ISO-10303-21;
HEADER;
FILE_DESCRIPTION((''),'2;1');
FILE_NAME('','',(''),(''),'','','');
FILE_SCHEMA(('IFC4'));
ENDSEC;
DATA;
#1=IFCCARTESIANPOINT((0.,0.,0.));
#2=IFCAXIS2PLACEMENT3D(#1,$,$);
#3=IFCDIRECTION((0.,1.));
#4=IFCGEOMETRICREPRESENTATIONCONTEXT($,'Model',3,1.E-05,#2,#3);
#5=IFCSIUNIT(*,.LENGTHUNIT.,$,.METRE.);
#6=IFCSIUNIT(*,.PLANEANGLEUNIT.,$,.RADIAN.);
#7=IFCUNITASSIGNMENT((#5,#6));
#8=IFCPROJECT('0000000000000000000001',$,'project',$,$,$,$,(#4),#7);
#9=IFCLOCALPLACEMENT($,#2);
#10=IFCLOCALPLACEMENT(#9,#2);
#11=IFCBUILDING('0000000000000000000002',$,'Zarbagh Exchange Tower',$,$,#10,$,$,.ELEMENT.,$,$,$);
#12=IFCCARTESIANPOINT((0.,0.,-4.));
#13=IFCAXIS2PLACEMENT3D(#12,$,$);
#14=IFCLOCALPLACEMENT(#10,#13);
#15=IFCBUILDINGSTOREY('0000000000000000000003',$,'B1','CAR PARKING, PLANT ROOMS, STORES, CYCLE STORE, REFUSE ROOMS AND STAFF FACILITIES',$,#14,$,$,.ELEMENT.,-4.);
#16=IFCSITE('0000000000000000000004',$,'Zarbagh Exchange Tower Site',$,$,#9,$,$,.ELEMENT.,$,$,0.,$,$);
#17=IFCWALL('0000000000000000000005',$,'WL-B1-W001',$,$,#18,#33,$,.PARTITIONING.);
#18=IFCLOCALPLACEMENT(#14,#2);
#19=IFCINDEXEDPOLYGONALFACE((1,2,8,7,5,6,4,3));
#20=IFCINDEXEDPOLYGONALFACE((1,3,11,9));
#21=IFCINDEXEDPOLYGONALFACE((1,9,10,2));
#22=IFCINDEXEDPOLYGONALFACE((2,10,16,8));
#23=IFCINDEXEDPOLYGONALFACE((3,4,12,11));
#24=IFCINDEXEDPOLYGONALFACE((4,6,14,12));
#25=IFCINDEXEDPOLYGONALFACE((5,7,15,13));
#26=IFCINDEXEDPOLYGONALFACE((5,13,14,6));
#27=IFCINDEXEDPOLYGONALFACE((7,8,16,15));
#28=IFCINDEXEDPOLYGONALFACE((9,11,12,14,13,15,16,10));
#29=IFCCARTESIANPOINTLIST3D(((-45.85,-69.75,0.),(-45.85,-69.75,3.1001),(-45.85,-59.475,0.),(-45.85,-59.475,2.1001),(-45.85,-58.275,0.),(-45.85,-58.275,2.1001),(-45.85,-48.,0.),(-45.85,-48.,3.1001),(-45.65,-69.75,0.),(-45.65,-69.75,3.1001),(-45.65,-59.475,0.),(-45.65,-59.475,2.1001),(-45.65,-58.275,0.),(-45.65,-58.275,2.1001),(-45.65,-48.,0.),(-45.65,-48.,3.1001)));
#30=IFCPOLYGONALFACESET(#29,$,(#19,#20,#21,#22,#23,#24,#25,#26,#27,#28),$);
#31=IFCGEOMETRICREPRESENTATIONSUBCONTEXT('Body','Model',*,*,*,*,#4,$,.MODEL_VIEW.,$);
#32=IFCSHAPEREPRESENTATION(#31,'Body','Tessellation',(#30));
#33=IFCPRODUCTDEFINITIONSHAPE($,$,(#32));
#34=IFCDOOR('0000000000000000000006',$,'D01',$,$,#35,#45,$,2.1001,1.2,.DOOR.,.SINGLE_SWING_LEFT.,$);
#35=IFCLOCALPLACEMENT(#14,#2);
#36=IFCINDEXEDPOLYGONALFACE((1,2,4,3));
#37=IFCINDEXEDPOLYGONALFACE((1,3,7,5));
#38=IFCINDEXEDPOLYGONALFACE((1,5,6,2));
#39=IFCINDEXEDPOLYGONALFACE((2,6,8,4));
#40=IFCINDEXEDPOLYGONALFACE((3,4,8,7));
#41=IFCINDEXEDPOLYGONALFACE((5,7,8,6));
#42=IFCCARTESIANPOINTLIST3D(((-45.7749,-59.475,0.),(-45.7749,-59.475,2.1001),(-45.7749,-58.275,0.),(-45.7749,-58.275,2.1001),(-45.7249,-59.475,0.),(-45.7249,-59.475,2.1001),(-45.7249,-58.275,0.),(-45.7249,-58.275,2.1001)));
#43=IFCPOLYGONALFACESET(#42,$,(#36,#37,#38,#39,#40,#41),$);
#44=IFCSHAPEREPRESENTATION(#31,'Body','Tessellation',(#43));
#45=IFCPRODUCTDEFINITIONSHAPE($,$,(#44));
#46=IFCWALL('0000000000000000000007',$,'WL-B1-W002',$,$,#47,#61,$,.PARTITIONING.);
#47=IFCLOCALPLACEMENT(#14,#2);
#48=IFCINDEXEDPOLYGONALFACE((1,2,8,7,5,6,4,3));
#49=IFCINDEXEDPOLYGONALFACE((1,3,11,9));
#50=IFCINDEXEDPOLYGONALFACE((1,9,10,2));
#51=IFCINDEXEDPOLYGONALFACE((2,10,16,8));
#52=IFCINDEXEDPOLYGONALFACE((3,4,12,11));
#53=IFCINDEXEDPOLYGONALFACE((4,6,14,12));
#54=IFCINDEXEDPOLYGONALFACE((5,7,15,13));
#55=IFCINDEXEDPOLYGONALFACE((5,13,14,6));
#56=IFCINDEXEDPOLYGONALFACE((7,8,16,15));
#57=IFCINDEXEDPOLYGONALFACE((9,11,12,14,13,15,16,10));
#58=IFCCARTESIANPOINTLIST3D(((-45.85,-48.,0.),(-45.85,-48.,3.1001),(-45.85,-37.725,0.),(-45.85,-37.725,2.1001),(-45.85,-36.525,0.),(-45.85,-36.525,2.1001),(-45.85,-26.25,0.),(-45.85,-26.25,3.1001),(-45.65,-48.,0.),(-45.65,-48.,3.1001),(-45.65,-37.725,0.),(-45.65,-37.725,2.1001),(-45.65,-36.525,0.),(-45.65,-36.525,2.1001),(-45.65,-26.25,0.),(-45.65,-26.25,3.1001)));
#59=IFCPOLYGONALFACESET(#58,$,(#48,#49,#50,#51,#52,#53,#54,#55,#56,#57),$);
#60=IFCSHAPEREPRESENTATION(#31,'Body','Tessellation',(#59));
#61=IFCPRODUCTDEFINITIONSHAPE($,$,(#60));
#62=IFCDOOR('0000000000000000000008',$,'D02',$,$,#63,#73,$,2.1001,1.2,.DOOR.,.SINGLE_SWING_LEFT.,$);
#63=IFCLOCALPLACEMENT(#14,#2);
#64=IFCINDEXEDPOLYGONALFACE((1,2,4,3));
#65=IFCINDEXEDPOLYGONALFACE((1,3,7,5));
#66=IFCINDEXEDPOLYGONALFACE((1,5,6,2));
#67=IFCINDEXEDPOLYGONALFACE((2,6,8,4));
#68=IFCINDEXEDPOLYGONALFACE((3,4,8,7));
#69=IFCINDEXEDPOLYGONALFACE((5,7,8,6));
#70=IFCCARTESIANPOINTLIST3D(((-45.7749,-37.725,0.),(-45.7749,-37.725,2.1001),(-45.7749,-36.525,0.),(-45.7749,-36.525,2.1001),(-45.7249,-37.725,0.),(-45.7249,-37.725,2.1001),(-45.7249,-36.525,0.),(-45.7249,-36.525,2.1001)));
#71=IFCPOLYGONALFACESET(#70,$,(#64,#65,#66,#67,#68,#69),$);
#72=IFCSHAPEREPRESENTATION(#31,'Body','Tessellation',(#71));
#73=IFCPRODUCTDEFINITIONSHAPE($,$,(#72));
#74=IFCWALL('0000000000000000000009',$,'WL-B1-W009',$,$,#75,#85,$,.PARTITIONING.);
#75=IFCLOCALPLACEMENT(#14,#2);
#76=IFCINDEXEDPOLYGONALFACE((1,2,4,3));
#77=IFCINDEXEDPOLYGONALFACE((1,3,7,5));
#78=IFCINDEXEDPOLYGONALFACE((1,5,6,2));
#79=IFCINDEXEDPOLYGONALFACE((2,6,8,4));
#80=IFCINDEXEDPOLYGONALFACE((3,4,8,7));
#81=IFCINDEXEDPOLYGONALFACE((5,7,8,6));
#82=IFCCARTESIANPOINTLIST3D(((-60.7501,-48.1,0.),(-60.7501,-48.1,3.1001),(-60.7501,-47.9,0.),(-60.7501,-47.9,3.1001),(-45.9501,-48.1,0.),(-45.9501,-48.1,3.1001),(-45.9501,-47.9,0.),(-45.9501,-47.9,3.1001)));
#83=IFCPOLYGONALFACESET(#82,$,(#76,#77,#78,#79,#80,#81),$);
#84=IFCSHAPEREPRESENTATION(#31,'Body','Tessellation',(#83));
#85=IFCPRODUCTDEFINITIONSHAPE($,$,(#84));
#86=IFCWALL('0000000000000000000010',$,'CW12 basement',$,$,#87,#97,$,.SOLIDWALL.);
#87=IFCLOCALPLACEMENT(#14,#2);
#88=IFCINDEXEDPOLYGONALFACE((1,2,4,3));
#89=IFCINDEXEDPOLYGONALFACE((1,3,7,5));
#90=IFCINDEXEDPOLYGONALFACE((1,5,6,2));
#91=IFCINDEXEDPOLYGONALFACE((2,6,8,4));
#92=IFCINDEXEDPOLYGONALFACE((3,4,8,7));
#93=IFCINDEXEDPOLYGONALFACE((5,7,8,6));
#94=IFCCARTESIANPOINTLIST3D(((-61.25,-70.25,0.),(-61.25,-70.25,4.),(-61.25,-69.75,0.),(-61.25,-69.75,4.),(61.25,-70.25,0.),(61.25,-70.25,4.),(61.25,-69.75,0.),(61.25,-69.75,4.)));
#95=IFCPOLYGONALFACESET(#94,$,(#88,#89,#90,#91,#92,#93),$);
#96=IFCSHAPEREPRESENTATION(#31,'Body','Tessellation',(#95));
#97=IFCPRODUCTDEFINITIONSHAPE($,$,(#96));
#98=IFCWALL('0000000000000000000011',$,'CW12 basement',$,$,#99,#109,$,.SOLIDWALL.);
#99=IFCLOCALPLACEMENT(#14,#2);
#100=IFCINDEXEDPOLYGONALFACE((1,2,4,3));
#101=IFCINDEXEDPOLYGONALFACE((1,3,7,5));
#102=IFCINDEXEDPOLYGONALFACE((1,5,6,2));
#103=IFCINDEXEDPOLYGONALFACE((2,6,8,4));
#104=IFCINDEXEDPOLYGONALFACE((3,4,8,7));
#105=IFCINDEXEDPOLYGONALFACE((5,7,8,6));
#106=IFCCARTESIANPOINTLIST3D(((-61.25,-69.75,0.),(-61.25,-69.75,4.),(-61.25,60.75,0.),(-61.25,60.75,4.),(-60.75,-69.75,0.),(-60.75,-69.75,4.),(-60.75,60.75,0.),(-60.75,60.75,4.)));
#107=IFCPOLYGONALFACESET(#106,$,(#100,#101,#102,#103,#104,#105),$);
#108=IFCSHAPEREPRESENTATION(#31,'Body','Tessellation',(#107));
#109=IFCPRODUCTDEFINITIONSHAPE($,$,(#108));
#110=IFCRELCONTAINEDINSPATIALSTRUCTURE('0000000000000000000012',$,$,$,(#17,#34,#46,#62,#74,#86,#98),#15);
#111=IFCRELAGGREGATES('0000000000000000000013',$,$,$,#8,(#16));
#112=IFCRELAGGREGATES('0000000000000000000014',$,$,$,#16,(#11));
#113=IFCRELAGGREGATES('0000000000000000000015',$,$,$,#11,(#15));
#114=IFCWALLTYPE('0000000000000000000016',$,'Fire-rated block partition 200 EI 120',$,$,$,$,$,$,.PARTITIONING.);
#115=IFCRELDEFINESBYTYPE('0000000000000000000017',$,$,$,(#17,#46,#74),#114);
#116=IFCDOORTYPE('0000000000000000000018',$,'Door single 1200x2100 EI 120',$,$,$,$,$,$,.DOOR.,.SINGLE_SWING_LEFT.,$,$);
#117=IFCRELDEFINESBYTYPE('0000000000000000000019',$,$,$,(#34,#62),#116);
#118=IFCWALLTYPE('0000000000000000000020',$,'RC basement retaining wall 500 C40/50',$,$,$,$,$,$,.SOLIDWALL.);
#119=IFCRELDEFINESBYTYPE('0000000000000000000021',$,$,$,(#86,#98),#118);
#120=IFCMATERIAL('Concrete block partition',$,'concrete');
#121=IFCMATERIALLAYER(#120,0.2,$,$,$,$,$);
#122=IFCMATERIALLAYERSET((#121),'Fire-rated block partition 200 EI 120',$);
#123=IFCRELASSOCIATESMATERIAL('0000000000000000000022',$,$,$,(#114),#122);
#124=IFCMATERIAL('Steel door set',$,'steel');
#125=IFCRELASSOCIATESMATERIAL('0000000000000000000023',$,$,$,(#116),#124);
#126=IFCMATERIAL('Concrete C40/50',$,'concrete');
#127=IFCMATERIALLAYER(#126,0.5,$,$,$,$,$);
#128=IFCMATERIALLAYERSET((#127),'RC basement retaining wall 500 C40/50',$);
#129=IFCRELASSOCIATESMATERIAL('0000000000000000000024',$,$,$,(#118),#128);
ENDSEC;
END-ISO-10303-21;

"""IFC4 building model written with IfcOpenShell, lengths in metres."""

from ifc_helpers import new_model, si_unit, direction, frame, frame_2d, origin, place, context, subcontext, project, spatial, rectangle, extrude, material, layer, layer_set, type_object, element, fill, save


model = new_model("IFC4")

# Units and contexts
model_context = context("Model", 3, precision=1e-05, world=origin(), true_north=direction((0.0, 1.0)))
body_context = subcontext(model_context, "Body", "Model", "MODEL_VIEW")
ifc_project = project(units=[si_unit("LENGTHUNIT", "METRE"), si_unit("PLANEANGLEUNIT", "RADIAN")], contexts=[model_context])

# Site, building, storey
site_placement = place(None, origin())
site = spatial("IfcSite", under=ifc_project, at=site_placement, Name="Zarbagh Exchange Tower Site", CompositionType="ELEMENT", RefElevation=0.0)
building_placement = place(site_placement, origin())
building = spatial("IfcBuilding", under=site, at=building_placement, Name="Zarbagh Exchange Tower", CompositionType="ELEMENT")
storey_placement = place(building_placement, frame((0.0, 0.0, -4.0)))
storey = spatial("IfcBuildingStorey", under=building, at=storey_placement, Name="B1", Description="CAR PARKING, PLANT ROOMS, STORES, CYCLE STORE, REFUSE ROOMS AND STAFF FACILITIES", CompositionType="ELEMENT", Elevation=-4.0)

# Walls, openings, doors
ifc_material_1 = material(Name="Concrete block partition", Category="concrete")
ifc_layer_1 = layer(ifc_material_1, 0.2)
ifc_layer_set_1 = layer_set([ifc_layer_1], Name="Fire-rated block partition 200 EI 120")
wall_type_1 = type_object("IfcWallType", Name="Fire-rated block partition 200 EI 120", PredefinedType="PARTITIONING", material=ifc_layer_set_1)
wall_1_placement = place(storey_placement, frame((-45.75, -69.75, 0.0), z_axis=(0.0, 0.0, 1.0), x_axis=(0.0, 1.0, 0.0)))
wall_1 = element("IfcWall", 1, at=wall_1_placement, inside=storey, type_object=wall_type_1, Name="WL-B1-W001", PredefinedType="PARTITIONING", context=body_context, shape_type="SweptSolid", body=[
    extrude(rectangle(XDim=21.75, YDim=0.2, at=frame_2d((10.875, 0.0))), origin(), (0.0, 0.0, 1.0), 3.1001),
])
opening_1_placement = place(wall_1_placement, frame((10.2749, 0.0, 0.0)))
opening_1 = element("IfcOpeningElement", 2, at=opening_1_placement, cuts=wall_1, PredefinedType="OPENING", context=body_context, shape_type="SweptSolid", body=[
    extrude(rectangle(XDim=1.2, YDim=2.1001, at=frame_2d((0.6001, 1.05))), frame((0.0, 0.1099, 0.0), z_axis=(0.0, -1.0, 0.0), x_axis=(1.0, 0.0, 0.0)), (0.0, 0.0, 1.0), 0.22),
])
ifc_material_2 = material(Name="Steel door set", Category="steel")
door_type_1 = type_object("IfcDoorType", Name="Door single 1200x2100 EI 120", OperationType="SINGLE_SWING_LEFT", PredefinedType="DOOR", material=ifc_material_2)
door_1_placement = place(opening_1_placement, origin())
door_1 = element("IfcDoor", 3, at=door_1_placement, inside=storey, type_object=door_type_1, Name="D01", OperationType="SINGLE_SWING_LEFT", OverallHeight=2.1001, OverallWidth=1.2, PredefinedType="DOOR", context=body_context, shape_type="SweptSolid", body=[
    extrude(rectangle(XDim=1.2, YDim=2.1001, at=frame_2d((0.6001, 1.05))), frame((0.0, 0.0249, 0.0), z_axis=(0.0, -1.0, 0.0), x_axis=(1.0, 0.0, 0.0)), (0.0, 0.0, 1.0), 0.05),
])
fill(opening_1, door_1)
wall_2_placement = place(storey_placement, frame((-45.75, -48.0, 0.0), z_axis=(0.0, 0.0, 1.0), x_axis=(0.0, 1.0, 0.0)))
wall_2 = element("IfcWall", 4, at=wall_2_placement, inside=storey, type_object=wall_type_1, Name="WL-B1-W002", PredefinedType="PARTITIONING", context=body_context, shape_type="SweptSolid", body=[
    extrude(rectangle(XDim=21.75, YDim=0.2, at=frame_2d((10.875, 0.0))), origin(), (0.0, 0.0, 1.0), 3.1001),
])
opening_2_placement = place(wall_2_placement, frame((10.2749, 0.0, 0.0)))
opening_2 = element("IfcOpeningElement", 5, at=opening_2_placement, cuts=wall_2, PredefinedType="OPENING", context=body_context, shape_type="SweptSolid", body=[
    extrude(rectangle(XDim=1.2, YDim=2.1001, at=frame_2d((0.6001, 1.05))), frame((0.0, 0.1099, 0.0), z_axis=(0.0, -1.0, 0.0), x_axis=(1.0, 0.0, 0.0)), (0.0, 0.0, 1.0), 0.22),
])
door_2_placement = place(opening_2_placement, origin())
door_2 = element("IfcDoor", 6, at=door_2_placement, inside=storey, type_object=door_type_1, Name="D02", OperationType="SINGLE_SWING_LEFT", OverallHeight=2.1001, OverallWidth=1.2, PredefinedType="DOOR", context=body_context, shape_type="SweptSolid", body=[
    extrude(rectangle(XDim=1.2, YDim=2.1001, at=frame_2d((0.6001, 1.05))), frame((0.0, 0.0249, 0.0), z_axis=(0.0, -1.0, 0.0), x_axis=(1.0, 0.0, 0.0)), (0.0, 0.0, 1.0), 0.05),
])
fill(opening_2, door_2)

# Walls
wall_3_placement = place(storey_placement, frame((-60.75, -48.0, 0.0), z_axis=(0.0, 0.0, 1.0), x_axis=(1.0, 0.0, 0.0)))
element("IfcWall", 7, at=wall_3_placement, inside=storey, type_object=wall_type_1, Name="WL-B1-W009", PredefinedType="PARTITIONING", context=body_context, shape_type="SweptSolid", body=[
    extrude(rectangle(XDim=14.8, YDim=0.2, at=frame_2d((7.3999, 0.0))), origin(), (0.0, 0.0, 1.0), 3.1001),
])
ifc_material_3 = material(Name="Concrete C40/50", Category="concrete")
ifc_layer_2 = layer(ifc_material_3, 0.5)
ifc_layer_set_2 = layer_set([ifc_layer_2], Name="RC basement retaining wall 500 C40/50")
wall_type_2 = type_object("IfcWallType", Name="RC basement retaining wall 500 C40/50", PredefinedType="SOLIDWALL", material=ifc_layer_set_2)
wall_4_placement = place(storey_placement, frame((-61.25, -70.0, 0.0), z_axis=(0.0, 0.0, 1.0), x_axis=(1.0, 0.0, 0.0)))
element("IfcWall", 8, at=wall_4_placement, inside=storey, type_object=wall_type_2, Name="CW12 basement", PredefinedType="SOLIDWALL", context=body_context, shape_type="SweptSolid", body=[
    extrude(rectangle(XDim=122.5, YDim=0.5, at=frame_2d((61.25, 0.0))), origin(), (0.0, 0.0, 1.0), 4.0),
])
wall_5_placement = place(storey_placement, frame((-61.0, -69.75, 0.0), z_axis=(0.0, 0.0, 1.0), x_axis=(0.0, 1.0, 0.0)))
element("IfcWall", 9, at=wall_5_placement, inside=storey, type_object=wall_type_2, Name="CW12 basement", PredefinedType="SOLIDWALL", context=body_context, shape_type="SweptSolid", body=[
    extrude(rectangle(XDim=130.5, YDim=0.5, at=frame_2d((65.25, 0.0))), origin(), (0.0, 0.0, 1.0), 4.0),
])

save(model, "model.ifc")
